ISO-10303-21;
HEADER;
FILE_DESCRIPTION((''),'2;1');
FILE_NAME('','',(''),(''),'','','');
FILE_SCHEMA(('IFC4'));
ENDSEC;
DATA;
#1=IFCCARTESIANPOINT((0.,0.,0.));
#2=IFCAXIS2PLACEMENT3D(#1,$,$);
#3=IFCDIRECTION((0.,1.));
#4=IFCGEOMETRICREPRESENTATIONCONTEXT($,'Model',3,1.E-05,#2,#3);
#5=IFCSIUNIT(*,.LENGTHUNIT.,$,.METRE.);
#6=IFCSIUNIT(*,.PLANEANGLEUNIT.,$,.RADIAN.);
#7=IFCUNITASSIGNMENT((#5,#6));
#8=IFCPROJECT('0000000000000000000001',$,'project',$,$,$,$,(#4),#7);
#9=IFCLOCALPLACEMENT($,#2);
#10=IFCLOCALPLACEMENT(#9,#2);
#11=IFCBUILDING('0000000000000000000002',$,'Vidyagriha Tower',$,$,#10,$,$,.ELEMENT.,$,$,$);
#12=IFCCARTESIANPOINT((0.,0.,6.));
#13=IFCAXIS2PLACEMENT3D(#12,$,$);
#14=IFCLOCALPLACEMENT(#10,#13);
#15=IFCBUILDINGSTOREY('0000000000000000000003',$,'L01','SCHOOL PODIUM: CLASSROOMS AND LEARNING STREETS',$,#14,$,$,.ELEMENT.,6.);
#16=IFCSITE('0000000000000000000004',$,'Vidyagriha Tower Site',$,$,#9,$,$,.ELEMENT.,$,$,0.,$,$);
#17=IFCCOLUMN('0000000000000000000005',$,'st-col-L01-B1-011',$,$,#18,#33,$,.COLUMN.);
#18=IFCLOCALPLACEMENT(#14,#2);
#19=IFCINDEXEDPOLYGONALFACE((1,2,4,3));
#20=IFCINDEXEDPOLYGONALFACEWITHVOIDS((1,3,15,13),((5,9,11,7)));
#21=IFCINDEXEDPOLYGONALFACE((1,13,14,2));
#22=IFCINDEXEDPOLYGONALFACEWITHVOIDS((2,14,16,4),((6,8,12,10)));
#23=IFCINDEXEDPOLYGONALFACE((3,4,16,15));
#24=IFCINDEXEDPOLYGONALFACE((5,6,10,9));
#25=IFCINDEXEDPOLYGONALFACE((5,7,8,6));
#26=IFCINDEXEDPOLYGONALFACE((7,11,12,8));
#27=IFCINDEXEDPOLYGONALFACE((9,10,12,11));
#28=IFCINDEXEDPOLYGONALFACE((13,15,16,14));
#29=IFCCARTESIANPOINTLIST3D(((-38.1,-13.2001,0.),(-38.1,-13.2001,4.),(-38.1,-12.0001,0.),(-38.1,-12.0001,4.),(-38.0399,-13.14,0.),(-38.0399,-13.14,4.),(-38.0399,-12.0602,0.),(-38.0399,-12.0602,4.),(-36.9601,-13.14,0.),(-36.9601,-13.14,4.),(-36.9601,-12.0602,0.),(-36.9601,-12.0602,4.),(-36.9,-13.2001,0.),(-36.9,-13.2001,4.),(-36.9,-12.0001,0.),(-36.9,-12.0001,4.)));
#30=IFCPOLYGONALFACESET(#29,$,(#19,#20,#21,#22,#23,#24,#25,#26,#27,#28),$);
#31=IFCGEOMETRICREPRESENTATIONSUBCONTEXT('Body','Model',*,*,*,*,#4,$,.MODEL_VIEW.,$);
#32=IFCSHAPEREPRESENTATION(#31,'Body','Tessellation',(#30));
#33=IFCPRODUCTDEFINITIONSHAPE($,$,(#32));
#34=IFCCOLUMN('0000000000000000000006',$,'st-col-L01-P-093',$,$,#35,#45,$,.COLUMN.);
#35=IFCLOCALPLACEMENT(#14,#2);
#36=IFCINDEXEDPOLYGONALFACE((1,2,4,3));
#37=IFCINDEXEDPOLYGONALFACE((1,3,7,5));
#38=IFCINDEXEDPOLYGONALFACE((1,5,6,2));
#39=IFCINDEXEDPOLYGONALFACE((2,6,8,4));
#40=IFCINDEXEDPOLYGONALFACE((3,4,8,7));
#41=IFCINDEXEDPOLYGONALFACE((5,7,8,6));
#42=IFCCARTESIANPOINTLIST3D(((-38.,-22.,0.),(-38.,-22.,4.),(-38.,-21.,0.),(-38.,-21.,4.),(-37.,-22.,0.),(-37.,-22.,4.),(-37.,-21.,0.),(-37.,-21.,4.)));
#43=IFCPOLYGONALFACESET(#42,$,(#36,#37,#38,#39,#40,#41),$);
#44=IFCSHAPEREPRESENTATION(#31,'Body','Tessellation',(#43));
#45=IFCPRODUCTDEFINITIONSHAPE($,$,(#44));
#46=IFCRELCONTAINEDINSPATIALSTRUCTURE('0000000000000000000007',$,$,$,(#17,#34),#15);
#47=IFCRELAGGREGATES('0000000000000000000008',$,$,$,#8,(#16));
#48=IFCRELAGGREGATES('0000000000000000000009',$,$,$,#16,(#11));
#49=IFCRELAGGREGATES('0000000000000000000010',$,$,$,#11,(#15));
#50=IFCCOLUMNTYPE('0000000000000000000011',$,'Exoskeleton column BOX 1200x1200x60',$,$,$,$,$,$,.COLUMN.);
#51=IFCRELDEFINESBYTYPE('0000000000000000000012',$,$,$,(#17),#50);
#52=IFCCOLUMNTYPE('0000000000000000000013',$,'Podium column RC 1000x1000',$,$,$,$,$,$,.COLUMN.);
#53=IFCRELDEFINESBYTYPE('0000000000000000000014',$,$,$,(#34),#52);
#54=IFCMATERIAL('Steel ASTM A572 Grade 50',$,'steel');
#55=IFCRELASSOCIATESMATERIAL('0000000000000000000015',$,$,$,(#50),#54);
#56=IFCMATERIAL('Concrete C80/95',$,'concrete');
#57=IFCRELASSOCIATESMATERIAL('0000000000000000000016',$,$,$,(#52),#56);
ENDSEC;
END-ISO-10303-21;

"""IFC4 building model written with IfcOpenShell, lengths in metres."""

from ifc_helpers import new_model, si_unit, direction, frame, origin, origin_2d, place, context, subcontext, project, spatial, rectangle, hollow_rectangle, extrude, material, material_profile, profile_set, type_object, element, save


model = new_model("IFC4")

# Units and contexts
model_context = context("Model", 3, precision=1e-05, world=origin(), true_north=direction((0.0, 1.0)))
body_context = subcontext(model_context, "Body", "Model", "MODEL_VIEW")
ifc_project = project(units=[si_unit("LENGTHUNIT", "METRE"), si_unit("PLANEANGLEUNIT", "RADIAN")], contexts=[model_context])

# Site, building, storey
site_placement = place(None, origin())
site = spatial("IfcSite", under=ifc_project, at=site_placement, Name="Vidyagriha Tower Site", CompositionType="ELEMENT", RefElevation=0.0)
building_placement = place(site_placement, origin())
building = spatial("IfcBuilding", under=site, at=building_placement, Name="Vidyagriha Tower", CompositionType="ELEMENT")
storey_placement = place(building_placement, frame((0.0, 0.0, 6.0)))
storey = spatial("IfcBuildingStorey", under=building, at=storey_placement, Name="L01", Description="SCHOOL PODIUM: CLASSROOMS AND LEARNING STREETS", CompositionType="ELEMENT", Elevation=6.0)

# Columns
ifc_material_1 = material(Name="Steel ASTM A572 Grade 50", Category="steel")
ifc_material_profile_1 = material_profile(ifc_material_1, hollow_rectangle(XDim=1.2, YDim=1.2, WallThickness=0.0601, at=origin_2d()), Name="BOX 1200x1200x60")
ifc_profile_set_1 = profile_set([ifc_material_profile_1], Name="Steel ASTM A572 Grade 50")
column_type_1 = type_object("IfcColumnType", Name="Exoskeleton column BOX 1200x1200x60", PredefinedType="COLUMN", material=ifc_profile_set_1)
column_1_placement = place(storey_placement, frame((-37.5, -12.6001, 0.0)))
element("IfcColumn", 1, at=column_1_placement, inside=storey, type_object=column_type_1, Name="st-col-L01-B1-011", PredefinedType="COLUMN", context=body_context, shape_type="SweptSolid", body=[
    extrude(hollow_rectangle(XDim=1.2, YDim=1.2, WallThickness=0.0601, at=origin_2d()), origin(), (0.0, 0.0, 1.0), 4.0),
])
ifc_material_2 = material(Name="Concrete C80/95", Category="concrete")
ifc_material_profile_2 = material_profile(ifc_material_2, rectangle(XDim=1.0, YDim=1.0, at=origin_2d()), Name="RC 1000x1000")
ifc_profile_set_2 = profile_set([ifc_material_profile_2], Name="Concrete C80/95")
column_type_2 = type_object("IfcColumnType", Name="Podium column RC 1000x1000", PredefinedType="COLUMN", material=ifc_profile_set_2)
column_2_placement = place(storey_placement, frame((-37.5, -21.5, 0.0)))
element("IfcColumn", 2, at=column_2_placement, inside=storey, type_object=column_type_2, Name="st-col-L01-P-093", PredefinedType="COLUMN", context=body_context, shape_type="SweptSolid", body=[
    extrude(rectangle(XDim=1.0, YDim=1.0, at=origin_2d()), origin(), (0.0, 0.0, 1.0), 4.0),
])

save(model, "model.ifc")
